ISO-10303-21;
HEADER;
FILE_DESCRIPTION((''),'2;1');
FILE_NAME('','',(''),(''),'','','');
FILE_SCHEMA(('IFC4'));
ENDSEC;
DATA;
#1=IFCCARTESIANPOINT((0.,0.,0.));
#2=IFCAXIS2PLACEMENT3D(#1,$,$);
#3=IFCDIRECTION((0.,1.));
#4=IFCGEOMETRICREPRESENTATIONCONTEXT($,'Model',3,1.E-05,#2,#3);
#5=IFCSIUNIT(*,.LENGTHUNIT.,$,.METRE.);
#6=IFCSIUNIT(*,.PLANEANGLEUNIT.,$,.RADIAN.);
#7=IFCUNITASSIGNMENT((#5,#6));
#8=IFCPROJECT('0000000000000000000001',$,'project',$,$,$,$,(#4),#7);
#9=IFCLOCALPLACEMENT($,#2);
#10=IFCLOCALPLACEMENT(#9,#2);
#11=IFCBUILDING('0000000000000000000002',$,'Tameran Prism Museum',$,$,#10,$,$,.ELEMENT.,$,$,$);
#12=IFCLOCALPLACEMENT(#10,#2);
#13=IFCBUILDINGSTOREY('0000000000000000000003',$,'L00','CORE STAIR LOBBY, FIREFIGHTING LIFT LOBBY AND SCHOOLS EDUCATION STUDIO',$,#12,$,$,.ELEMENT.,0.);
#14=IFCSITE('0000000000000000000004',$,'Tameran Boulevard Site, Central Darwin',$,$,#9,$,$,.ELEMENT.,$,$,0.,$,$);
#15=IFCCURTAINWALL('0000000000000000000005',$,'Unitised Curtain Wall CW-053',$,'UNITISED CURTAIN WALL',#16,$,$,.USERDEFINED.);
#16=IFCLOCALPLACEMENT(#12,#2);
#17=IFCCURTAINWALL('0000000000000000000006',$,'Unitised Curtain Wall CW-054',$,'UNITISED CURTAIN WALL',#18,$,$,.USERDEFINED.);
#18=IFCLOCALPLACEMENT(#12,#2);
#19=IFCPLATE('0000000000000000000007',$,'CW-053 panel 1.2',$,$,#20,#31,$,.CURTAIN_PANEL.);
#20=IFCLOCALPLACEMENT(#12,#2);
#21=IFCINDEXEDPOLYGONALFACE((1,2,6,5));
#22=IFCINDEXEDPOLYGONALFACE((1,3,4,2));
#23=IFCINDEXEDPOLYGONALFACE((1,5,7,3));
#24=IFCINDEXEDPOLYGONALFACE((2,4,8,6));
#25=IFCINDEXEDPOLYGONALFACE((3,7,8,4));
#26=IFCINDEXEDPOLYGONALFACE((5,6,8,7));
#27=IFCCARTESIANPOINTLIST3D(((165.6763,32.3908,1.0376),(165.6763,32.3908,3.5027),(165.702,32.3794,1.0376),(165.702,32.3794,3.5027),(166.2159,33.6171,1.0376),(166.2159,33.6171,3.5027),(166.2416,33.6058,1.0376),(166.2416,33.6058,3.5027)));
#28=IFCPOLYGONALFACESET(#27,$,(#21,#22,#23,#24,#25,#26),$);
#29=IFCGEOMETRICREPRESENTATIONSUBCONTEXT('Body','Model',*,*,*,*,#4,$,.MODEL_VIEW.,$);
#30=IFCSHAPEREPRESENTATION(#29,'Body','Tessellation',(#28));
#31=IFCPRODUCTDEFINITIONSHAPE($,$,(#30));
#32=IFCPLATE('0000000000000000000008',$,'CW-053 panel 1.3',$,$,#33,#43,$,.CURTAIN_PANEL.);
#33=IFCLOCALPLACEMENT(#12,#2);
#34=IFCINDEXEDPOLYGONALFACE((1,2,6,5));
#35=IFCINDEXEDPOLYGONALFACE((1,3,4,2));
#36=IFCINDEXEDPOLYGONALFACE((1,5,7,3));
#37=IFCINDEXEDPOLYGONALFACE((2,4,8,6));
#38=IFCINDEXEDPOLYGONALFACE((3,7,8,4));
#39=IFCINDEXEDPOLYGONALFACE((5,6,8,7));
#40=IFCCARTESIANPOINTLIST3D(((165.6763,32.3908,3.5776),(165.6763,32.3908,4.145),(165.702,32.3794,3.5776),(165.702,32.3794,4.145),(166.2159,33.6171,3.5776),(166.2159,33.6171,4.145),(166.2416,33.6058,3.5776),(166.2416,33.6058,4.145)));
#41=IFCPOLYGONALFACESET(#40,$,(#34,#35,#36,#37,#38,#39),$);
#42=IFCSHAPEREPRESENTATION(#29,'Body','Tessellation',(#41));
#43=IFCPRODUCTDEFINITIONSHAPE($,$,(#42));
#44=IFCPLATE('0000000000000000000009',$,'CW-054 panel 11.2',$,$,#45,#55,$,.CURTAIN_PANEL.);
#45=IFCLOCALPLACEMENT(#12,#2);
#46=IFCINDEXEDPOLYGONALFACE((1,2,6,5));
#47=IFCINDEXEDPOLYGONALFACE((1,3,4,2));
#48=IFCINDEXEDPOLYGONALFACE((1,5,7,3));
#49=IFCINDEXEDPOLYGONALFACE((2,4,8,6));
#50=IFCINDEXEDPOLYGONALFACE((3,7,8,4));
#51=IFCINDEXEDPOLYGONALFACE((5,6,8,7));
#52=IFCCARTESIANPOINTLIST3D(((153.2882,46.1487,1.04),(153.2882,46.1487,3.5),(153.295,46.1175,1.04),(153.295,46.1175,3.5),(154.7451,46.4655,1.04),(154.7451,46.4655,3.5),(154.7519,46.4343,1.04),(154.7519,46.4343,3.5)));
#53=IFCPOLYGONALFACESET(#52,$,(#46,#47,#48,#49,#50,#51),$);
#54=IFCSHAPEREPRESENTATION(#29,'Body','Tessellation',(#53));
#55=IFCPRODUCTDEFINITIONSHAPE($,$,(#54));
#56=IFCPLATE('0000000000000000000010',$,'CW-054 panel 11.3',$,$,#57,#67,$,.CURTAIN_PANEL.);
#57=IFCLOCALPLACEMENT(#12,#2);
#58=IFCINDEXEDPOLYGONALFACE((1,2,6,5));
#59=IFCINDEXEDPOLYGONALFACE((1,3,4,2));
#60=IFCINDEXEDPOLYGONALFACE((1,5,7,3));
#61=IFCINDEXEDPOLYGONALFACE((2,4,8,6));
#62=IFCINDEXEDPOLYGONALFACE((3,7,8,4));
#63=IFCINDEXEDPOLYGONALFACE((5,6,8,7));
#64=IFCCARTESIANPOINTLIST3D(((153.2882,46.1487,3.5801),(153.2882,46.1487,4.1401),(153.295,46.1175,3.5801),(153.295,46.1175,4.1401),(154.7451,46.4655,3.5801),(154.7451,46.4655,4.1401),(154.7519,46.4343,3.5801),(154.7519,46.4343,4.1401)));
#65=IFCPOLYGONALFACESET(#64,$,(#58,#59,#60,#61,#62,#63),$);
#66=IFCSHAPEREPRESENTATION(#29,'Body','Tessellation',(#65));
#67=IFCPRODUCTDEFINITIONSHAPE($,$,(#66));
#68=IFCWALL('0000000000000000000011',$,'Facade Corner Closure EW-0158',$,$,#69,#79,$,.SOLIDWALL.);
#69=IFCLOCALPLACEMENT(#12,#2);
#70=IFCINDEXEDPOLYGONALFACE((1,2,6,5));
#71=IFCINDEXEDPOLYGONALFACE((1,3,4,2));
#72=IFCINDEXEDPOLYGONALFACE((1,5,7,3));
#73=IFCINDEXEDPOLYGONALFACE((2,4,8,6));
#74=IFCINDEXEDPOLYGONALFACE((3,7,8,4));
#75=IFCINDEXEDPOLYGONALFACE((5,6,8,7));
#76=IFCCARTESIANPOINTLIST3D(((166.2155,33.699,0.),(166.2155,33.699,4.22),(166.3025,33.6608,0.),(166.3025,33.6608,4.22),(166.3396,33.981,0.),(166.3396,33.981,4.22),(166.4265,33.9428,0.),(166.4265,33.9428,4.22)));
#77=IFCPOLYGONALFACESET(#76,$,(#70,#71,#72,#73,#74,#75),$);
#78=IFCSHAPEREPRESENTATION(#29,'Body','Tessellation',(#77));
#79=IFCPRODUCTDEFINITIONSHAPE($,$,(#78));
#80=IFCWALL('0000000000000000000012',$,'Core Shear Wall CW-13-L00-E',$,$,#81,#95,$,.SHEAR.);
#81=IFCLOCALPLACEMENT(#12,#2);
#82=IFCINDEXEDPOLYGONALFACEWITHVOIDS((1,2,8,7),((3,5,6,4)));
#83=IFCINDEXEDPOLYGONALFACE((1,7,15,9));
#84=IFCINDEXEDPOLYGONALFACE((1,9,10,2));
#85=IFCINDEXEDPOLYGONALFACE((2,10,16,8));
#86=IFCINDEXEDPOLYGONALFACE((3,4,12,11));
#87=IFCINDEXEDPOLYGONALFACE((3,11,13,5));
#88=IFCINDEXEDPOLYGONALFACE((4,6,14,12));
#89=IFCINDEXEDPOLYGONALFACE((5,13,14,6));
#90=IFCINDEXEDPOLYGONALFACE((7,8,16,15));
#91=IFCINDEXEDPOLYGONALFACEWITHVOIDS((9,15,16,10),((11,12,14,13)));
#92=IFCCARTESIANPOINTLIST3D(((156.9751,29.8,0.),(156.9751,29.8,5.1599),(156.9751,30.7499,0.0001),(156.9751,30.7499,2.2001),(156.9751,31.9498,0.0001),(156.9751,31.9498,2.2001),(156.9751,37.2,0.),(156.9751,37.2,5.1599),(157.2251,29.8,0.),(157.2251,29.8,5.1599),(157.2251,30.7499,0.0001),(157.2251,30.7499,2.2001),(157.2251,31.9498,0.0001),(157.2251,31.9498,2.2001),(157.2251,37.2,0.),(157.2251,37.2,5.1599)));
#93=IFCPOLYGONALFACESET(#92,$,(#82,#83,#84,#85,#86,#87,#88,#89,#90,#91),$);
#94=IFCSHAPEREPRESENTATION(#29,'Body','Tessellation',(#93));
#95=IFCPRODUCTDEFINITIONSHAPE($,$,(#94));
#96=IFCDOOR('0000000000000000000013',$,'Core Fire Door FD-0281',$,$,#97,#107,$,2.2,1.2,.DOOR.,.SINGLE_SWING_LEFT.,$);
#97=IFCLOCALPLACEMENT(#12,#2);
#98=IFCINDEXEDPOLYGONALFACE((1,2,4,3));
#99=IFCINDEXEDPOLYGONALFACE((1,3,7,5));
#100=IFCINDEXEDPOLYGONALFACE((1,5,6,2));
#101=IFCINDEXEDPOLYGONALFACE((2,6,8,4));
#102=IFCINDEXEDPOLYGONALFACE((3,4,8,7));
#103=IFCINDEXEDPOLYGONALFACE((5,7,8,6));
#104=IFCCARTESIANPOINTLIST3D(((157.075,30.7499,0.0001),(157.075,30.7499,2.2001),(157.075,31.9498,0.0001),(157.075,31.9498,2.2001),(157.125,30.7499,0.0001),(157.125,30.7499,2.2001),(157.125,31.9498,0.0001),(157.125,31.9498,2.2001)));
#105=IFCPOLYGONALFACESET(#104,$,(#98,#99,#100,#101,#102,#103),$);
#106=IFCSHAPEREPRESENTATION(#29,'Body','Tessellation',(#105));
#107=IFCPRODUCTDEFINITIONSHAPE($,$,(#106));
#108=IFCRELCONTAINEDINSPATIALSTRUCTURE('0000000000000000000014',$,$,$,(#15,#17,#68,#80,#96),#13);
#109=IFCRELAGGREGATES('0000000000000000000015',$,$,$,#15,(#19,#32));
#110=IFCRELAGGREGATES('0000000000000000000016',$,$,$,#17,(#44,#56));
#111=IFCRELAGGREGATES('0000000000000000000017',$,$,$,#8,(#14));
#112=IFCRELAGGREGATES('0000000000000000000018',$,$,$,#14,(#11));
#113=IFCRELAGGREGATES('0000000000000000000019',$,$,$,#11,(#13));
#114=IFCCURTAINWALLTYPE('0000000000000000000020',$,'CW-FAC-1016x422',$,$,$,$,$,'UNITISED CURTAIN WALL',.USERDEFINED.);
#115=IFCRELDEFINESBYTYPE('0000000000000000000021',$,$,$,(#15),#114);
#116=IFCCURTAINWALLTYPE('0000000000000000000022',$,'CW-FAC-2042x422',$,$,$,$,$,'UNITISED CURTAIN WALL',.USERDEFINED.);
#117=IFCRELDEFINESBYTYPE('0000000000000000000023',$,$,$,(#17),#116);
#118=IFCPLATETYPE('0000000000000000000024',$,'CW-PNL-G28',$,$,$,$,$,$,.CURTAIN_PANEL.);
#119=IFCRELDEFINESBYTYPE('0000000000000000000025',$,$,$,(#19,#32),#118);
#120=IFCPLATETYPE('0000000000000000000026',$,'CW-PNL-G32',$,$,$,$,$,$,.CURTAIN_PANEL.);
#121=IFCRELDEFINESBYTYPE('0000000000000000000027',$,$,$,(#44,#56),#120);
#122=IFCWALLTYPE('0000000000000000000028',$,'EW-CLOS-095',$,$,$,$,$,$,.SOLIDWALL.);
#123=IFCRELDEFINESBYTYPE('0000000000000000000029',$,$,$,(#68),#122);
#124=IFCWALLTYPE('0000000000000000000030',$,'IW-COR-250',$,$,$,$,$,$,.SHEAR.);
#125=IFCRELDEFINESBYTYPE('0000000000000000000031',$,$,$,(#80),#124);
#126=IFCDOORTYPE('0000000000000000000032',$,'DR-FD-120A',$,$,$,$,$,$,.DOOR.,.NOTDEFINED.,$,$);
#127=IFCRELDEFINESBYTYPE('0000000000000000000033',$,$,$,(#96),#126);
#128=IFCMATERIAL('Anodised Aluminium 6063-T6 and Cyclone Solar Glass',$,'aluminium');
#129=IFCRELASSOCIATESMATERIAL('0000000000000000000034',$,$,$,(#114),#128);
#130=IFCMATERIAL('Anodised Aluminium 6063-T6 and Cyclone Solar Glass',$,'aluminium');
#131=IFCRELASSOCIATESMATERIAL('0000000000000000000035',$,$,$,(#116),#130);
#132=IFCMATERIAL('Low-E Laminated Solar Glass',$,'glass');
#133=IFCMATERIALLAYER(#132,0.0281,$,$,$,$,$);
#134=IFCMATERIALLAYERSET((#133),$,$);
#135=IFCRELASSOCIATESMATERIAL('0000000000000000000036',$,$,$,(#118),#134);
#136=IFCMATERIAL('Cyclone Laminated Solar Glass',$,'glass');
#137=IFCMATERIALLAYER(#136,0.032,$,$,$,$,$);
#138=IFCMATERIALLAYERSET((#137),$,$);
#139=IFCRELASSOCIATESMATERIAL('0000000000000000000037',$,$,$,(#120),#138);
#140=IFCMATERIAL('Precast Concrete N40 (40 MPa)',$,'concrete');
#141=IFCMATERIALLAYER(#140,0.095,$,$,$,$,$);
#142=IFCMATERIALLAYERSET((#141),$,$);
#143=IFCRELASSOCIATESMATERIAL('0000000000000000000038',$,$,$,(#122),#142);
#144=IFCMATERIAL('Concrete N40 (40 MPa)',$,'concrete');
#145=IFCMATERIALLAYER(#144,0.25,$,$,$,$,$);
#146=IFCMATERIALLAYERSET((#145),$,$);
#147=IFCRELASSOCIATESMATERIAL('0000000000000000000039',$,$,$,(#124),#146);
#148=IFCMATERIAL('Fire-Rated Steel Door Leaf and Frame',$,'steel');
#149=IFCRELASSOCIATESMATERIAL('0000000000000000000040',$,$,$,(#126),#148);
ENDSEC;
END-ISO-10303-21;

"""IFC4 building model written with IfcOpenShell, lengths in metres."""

from ifc_helpers import new_model, si_unit, direction, frame, frame_2d, origin, origin_2d, place, context, subcontext, project, spatial, rectangle, extrude, material, layer, layer_set, type_object, element, fill, aggregate, save


model = new_model("IFC4")

# Units and contexts
model_context = context("Model", 3, precision=1e-05, world=origin(), true_north=direction((0.0, 1.0)))
body_context = subcontext(model_context, "Body", "Model", "MODEL_VIEW")
ifc_project = project(units=[si_unit("LENGTHUNIT", "METRE"), si_unit("PLANEANGLEUNIT", "RADIAN")], contexts=[model_context])

# Site, building, storey
site_placement = place(None, origin())
site = spatial("IfcSite", under=ifc_project, at=site_placement, Name="Tameran Boulevard Site, Central Darwin", CompositionType="ELEMENT", RefElevation=0.0)
building_placement = place(site_placement, origin())
building = spatial("IfcBuilding", under=site, at=building_placement, Name="Tameran Prism Museum", CompositionType="ELEMENT")
storey_placement = place(building_placement, origin())
storey = spatial("IfcBuildingStorey", under=building, at=storey_placement, Name="L00", Description="CORE STAIR LOBBY, FIREFIGHTING LIFT LOBBY AND SCHOOLS EDUCATION STUDIO", CompositionType="ELEMENT", Elevation=0.0)

# Curtain wall
ifc_material_1 = material(Name="Anodised Aluminium 6063-T6 and Cyclone Solar Glass", Category="aluminium")
curtain_wall_type_1 = type_object("IfcCurtainWallType", Name="CW-FAC-1016x422", ElementType="UNITISED CURTAIN WALL", PredefinedType="USERDEFINED", material=ifc_material_1)
curtain_wall_1_placement = place(storey_placement, origin())
curtain_wall_1 = element("IfcCurtainWall", 1, at=curtain_wall_1_placement, inside=storey, type_object=curtain_wall_type_1, Name="Unitised Curtain Wall CW-053", ObjectType="UNITISED CURTAIN WALL", PredefinedType="USERDEFINED")

# Curtain wall
ifc_material_2 = material(Name="Anodised Aluminium 6063-T6 and Cyclone Solar Glass", Category="aluminium")
curtain_wall_type_2 = type_object("IfcCurtainWallType", Name="CW-FAC-2042x422", ElementType="UNITISED CURTAIN WALL", PredefinedType="USERDEFINED", material=ifc_material_2)
curtain_wall_2_placement = place(storey_placement, origin())
curtain_wall_2 = element("IfcCurtainWall", 2, at=curtain_wall_2_placement, inside=storey, type_object=curtain_wall_type_2, Name="Unitised Curtain Wall CW-054", ObjectType="UNITISED CURTAIN WALL", PredefinedType="USERDEFINED")

# Plates
ifc_material_3 = material(Name="Low-E Laminated Solar Glass", Category="glass")
ifc_layer_1 = layer(ifc_material_3, 0.0281)
ifc_layer_set_1 = layer_set([ifc_layer_1])
plate_type_1 = type_object("IfcPlateType", Name="CW-PNL-G28", PredefinedType="CURTAIN_PANEL", material=ifc_layer_set_1)
plate_1_placement = place(storey_placement, frame((165.959, 32.9983, 1.0376), z_axis=(0.0, 0.0, 1.0), x_axis=(-0.402722, -0.915322, 0.0)))
plate_1 = element("IfcPlate", 3, at=plate_1_placement, type_object=plate_type_1, Name="CW-053 panel 1.2", PredefinedType="CURTAIN_PANEL", context=body_context, shape_type="SweptSolid", body=[
    extrude(rectangle(XDim=1.3398, YDim=0.0281, at=origin_2d()), origin(), (0.0, 0.0, 1.0), 2.4651),
])
plate_2_placement = place(storey_placement, frame((165.959, 32.9983, 3.5776), z_axis=(0.0, 0.0, 1.0), x_axis=(-0.402722, -0.915322, 0.0)))
plate_2 = element("IfcPlate", 4, at=plate_2_placement, type_object=plate_type_1, Name="CW-053 panel 1.3", PredefinedType="CURTAIN_PANEL", context=body_context, shape_type="SweptSolid", body=[
    extrude(rectangle(XDim=1.3398, YDim=0.0281, at=origin_2d()), origin(), (0.0, 0.0, 1.0), 0.5674),
])
aggregate(curtain_wall_1, [plate_1, plate_2])
ifc_material_4 = material(Name="Cyclone Laminated Solar Glass", Category="glass")
ifc_layer_2 = layer(ifc_material_4, 0.032)
ifc_layer_set_2 = layer_set([ifc_layer_2])
plate_type_2 = type_object("IfcPlateType", Name="CW-PNL-G32", PredefinedType="CURTAIN_PANEL", material=ifc_layer_set_2)
plate_3_placement = place(storey_placement, frame((154.02, 46.2915, 1.04), z_axis=(0.0, 0.0, 1.0), x_axis=(0.977171, 0.212454, 0.0)))
plate_3 = element("IfcPlate", 5, at=plate_3_placement, type_object=plate_type_2, Name="CW-054 panel 11.2", PredefinedType="CURTAIN_PANEL", context=body_context, shape_type="SweptSolid", body=[
    extrude(rectangle(XDim=1.491, YDim=0.032, at=origin_2d()), origin(), (0.0, 0.0, 1.0), 2.46),
])
plate_4_placement = place(storey_placement, frame((154.02, 46.2915, 3.5801), z_axis=(0.0, 0.0, 1.0), x_axis=(0.977171, 0.212454, 0.0)))
plate_4 = element("IfcPlate", 6, at=plate_4_placement, type_object=plate_type_2, Name="CW-054 panel 11.3", PredefinedType="CURTAIN_PANEL", context=body_context, shape_type="SweptSolid", body=[
    extrude(rectangle(XDim=1.491, YDim=0.032, at=origin_2d()), origin(), (0.0, 0.0, 1.0), 0.5601),
])
aggregate(curtain_wall_2, [plate_3, plate_4])

# Wall
ifc_material_5 = material(Name="Precast Concrete N40 (40 MPa)", Category="concrete")
ifc_layer_3 = layer(ifc_material_5, 0.095)
ifc_layer_set_3 = layer_set([ifc_layer_3])
wall_type_1 = type_object("IfcWallType", Name="EW-CLOS-095", PredefinedType="SOLIDWALL", material=ifc_layer_set_3)
wall_1_placement = place(storey_placement, frame((166.3831, 33.9619, 0.0), z_axis=(0.0, 0.0, 1.0), x_axis=(-0.402606, -0.915373, 0.0)))
element("IfcWall", 7, at=wall_1_placement, inside=storey, type_object=wall_type_1, Name="Facade Corner Closure EW-0158", PredefinedType="SOLIDWALL", context=body_context, shape_type="SweptSolid", body=[
    extrude(rectangle(XDim=0.3081, YDim=0.095, at=frame_2d((0.1541, 0.0))), origin(), (0.0, 0.0, 1.0), 4.22),
])

# Wall, opening, door
ifc_material_6 = material(Name="Concrete N40 (40 MPa)", Category="concrete")
ifc_layer_4 = layer(ifc_material_6, 0.25)
ifc_layer_set_4 = layer_set([ifc_layer_4])
wall_type_2 = type_object("IfcWallType", Name="IW-COR-250", PredefinedType="SHEAR", material=ifc_layer_set_4)
wall_2_placement = place(storey_placement, frame((157.1001, 37.2, 0.0), z_axis=(0.0, 0.0, 1.0), x_axis=(0.0, -1.0, 0.0)))
wall_2 = element("IfcWall", 8, at=wall_2_placement, inside=storey, type_object=wall_type_2, Name="Core Shear Wall CW-13-L00-E", PredefinedType="SHEAR", context=body_context, shape_type="SweptSolid", body=[
    extrude(rectangle(XDim=7.3999, YDim=0.25, at=frame_2d((3.7, 0.0))), origin(), (0.0, 0.0, 1.0), 5.1599),
])
opening_placement = place(wall_2_placement, frame((5.25, 0.0, 0.0)))
opening = element("IfcOpeningElement", 9, at=opening_placement, cuts=wall_2, PredefinedType="OPENING", context=body_context, shape_type="SweptSolid", body=[
    extrude(rectangle(XDim=1.2, YDim=2.2, at=frame_2d((0.6001, 1.1001))), frame((0.0, 0.135, 0.0), z_axis=(0.0, -1.0, 0.0), x_axis=(1.0, 0.0, 0.0)), (0.0, 0.0, 1.0), 0.27),
])
ifc_material_7 = material(Name="Fire-Rated Steel Door Leaf and Frame", Category="steel")
door_type = type_object("IfcDoorType", Name="DR-FD-120A", OperationType="NOTDEFINED", PredefinedType="DOOR", material=ifc_material_7)
door_placement = place(opening_placement, origin())
door = element("IfcDoor", 10, at=door_placement, inside=storey, type_object=door_type, Name="Core Fire Door FD-0281", OperationType="SINGLE_SWING_LEFT", OverallHeight=2.2, OverallWidth=1.2, PredefinedType="DOOR", context=body_context, shape_type="SweptSolid", body=[
    extrude(rectangle(XDim=1.2, YDim=2.2, at=frame_2d((0.6001, 1.1001))), frame((0.0, 0.0249, 0.0), z_axis=(0.0, -1.0, 0.0), x_axis=(1.0, 0.0, 0.0)), (0.0, 0.0, 1.0), 0.05),
])
fill(opening, door)

save(model, "model.ifc")
